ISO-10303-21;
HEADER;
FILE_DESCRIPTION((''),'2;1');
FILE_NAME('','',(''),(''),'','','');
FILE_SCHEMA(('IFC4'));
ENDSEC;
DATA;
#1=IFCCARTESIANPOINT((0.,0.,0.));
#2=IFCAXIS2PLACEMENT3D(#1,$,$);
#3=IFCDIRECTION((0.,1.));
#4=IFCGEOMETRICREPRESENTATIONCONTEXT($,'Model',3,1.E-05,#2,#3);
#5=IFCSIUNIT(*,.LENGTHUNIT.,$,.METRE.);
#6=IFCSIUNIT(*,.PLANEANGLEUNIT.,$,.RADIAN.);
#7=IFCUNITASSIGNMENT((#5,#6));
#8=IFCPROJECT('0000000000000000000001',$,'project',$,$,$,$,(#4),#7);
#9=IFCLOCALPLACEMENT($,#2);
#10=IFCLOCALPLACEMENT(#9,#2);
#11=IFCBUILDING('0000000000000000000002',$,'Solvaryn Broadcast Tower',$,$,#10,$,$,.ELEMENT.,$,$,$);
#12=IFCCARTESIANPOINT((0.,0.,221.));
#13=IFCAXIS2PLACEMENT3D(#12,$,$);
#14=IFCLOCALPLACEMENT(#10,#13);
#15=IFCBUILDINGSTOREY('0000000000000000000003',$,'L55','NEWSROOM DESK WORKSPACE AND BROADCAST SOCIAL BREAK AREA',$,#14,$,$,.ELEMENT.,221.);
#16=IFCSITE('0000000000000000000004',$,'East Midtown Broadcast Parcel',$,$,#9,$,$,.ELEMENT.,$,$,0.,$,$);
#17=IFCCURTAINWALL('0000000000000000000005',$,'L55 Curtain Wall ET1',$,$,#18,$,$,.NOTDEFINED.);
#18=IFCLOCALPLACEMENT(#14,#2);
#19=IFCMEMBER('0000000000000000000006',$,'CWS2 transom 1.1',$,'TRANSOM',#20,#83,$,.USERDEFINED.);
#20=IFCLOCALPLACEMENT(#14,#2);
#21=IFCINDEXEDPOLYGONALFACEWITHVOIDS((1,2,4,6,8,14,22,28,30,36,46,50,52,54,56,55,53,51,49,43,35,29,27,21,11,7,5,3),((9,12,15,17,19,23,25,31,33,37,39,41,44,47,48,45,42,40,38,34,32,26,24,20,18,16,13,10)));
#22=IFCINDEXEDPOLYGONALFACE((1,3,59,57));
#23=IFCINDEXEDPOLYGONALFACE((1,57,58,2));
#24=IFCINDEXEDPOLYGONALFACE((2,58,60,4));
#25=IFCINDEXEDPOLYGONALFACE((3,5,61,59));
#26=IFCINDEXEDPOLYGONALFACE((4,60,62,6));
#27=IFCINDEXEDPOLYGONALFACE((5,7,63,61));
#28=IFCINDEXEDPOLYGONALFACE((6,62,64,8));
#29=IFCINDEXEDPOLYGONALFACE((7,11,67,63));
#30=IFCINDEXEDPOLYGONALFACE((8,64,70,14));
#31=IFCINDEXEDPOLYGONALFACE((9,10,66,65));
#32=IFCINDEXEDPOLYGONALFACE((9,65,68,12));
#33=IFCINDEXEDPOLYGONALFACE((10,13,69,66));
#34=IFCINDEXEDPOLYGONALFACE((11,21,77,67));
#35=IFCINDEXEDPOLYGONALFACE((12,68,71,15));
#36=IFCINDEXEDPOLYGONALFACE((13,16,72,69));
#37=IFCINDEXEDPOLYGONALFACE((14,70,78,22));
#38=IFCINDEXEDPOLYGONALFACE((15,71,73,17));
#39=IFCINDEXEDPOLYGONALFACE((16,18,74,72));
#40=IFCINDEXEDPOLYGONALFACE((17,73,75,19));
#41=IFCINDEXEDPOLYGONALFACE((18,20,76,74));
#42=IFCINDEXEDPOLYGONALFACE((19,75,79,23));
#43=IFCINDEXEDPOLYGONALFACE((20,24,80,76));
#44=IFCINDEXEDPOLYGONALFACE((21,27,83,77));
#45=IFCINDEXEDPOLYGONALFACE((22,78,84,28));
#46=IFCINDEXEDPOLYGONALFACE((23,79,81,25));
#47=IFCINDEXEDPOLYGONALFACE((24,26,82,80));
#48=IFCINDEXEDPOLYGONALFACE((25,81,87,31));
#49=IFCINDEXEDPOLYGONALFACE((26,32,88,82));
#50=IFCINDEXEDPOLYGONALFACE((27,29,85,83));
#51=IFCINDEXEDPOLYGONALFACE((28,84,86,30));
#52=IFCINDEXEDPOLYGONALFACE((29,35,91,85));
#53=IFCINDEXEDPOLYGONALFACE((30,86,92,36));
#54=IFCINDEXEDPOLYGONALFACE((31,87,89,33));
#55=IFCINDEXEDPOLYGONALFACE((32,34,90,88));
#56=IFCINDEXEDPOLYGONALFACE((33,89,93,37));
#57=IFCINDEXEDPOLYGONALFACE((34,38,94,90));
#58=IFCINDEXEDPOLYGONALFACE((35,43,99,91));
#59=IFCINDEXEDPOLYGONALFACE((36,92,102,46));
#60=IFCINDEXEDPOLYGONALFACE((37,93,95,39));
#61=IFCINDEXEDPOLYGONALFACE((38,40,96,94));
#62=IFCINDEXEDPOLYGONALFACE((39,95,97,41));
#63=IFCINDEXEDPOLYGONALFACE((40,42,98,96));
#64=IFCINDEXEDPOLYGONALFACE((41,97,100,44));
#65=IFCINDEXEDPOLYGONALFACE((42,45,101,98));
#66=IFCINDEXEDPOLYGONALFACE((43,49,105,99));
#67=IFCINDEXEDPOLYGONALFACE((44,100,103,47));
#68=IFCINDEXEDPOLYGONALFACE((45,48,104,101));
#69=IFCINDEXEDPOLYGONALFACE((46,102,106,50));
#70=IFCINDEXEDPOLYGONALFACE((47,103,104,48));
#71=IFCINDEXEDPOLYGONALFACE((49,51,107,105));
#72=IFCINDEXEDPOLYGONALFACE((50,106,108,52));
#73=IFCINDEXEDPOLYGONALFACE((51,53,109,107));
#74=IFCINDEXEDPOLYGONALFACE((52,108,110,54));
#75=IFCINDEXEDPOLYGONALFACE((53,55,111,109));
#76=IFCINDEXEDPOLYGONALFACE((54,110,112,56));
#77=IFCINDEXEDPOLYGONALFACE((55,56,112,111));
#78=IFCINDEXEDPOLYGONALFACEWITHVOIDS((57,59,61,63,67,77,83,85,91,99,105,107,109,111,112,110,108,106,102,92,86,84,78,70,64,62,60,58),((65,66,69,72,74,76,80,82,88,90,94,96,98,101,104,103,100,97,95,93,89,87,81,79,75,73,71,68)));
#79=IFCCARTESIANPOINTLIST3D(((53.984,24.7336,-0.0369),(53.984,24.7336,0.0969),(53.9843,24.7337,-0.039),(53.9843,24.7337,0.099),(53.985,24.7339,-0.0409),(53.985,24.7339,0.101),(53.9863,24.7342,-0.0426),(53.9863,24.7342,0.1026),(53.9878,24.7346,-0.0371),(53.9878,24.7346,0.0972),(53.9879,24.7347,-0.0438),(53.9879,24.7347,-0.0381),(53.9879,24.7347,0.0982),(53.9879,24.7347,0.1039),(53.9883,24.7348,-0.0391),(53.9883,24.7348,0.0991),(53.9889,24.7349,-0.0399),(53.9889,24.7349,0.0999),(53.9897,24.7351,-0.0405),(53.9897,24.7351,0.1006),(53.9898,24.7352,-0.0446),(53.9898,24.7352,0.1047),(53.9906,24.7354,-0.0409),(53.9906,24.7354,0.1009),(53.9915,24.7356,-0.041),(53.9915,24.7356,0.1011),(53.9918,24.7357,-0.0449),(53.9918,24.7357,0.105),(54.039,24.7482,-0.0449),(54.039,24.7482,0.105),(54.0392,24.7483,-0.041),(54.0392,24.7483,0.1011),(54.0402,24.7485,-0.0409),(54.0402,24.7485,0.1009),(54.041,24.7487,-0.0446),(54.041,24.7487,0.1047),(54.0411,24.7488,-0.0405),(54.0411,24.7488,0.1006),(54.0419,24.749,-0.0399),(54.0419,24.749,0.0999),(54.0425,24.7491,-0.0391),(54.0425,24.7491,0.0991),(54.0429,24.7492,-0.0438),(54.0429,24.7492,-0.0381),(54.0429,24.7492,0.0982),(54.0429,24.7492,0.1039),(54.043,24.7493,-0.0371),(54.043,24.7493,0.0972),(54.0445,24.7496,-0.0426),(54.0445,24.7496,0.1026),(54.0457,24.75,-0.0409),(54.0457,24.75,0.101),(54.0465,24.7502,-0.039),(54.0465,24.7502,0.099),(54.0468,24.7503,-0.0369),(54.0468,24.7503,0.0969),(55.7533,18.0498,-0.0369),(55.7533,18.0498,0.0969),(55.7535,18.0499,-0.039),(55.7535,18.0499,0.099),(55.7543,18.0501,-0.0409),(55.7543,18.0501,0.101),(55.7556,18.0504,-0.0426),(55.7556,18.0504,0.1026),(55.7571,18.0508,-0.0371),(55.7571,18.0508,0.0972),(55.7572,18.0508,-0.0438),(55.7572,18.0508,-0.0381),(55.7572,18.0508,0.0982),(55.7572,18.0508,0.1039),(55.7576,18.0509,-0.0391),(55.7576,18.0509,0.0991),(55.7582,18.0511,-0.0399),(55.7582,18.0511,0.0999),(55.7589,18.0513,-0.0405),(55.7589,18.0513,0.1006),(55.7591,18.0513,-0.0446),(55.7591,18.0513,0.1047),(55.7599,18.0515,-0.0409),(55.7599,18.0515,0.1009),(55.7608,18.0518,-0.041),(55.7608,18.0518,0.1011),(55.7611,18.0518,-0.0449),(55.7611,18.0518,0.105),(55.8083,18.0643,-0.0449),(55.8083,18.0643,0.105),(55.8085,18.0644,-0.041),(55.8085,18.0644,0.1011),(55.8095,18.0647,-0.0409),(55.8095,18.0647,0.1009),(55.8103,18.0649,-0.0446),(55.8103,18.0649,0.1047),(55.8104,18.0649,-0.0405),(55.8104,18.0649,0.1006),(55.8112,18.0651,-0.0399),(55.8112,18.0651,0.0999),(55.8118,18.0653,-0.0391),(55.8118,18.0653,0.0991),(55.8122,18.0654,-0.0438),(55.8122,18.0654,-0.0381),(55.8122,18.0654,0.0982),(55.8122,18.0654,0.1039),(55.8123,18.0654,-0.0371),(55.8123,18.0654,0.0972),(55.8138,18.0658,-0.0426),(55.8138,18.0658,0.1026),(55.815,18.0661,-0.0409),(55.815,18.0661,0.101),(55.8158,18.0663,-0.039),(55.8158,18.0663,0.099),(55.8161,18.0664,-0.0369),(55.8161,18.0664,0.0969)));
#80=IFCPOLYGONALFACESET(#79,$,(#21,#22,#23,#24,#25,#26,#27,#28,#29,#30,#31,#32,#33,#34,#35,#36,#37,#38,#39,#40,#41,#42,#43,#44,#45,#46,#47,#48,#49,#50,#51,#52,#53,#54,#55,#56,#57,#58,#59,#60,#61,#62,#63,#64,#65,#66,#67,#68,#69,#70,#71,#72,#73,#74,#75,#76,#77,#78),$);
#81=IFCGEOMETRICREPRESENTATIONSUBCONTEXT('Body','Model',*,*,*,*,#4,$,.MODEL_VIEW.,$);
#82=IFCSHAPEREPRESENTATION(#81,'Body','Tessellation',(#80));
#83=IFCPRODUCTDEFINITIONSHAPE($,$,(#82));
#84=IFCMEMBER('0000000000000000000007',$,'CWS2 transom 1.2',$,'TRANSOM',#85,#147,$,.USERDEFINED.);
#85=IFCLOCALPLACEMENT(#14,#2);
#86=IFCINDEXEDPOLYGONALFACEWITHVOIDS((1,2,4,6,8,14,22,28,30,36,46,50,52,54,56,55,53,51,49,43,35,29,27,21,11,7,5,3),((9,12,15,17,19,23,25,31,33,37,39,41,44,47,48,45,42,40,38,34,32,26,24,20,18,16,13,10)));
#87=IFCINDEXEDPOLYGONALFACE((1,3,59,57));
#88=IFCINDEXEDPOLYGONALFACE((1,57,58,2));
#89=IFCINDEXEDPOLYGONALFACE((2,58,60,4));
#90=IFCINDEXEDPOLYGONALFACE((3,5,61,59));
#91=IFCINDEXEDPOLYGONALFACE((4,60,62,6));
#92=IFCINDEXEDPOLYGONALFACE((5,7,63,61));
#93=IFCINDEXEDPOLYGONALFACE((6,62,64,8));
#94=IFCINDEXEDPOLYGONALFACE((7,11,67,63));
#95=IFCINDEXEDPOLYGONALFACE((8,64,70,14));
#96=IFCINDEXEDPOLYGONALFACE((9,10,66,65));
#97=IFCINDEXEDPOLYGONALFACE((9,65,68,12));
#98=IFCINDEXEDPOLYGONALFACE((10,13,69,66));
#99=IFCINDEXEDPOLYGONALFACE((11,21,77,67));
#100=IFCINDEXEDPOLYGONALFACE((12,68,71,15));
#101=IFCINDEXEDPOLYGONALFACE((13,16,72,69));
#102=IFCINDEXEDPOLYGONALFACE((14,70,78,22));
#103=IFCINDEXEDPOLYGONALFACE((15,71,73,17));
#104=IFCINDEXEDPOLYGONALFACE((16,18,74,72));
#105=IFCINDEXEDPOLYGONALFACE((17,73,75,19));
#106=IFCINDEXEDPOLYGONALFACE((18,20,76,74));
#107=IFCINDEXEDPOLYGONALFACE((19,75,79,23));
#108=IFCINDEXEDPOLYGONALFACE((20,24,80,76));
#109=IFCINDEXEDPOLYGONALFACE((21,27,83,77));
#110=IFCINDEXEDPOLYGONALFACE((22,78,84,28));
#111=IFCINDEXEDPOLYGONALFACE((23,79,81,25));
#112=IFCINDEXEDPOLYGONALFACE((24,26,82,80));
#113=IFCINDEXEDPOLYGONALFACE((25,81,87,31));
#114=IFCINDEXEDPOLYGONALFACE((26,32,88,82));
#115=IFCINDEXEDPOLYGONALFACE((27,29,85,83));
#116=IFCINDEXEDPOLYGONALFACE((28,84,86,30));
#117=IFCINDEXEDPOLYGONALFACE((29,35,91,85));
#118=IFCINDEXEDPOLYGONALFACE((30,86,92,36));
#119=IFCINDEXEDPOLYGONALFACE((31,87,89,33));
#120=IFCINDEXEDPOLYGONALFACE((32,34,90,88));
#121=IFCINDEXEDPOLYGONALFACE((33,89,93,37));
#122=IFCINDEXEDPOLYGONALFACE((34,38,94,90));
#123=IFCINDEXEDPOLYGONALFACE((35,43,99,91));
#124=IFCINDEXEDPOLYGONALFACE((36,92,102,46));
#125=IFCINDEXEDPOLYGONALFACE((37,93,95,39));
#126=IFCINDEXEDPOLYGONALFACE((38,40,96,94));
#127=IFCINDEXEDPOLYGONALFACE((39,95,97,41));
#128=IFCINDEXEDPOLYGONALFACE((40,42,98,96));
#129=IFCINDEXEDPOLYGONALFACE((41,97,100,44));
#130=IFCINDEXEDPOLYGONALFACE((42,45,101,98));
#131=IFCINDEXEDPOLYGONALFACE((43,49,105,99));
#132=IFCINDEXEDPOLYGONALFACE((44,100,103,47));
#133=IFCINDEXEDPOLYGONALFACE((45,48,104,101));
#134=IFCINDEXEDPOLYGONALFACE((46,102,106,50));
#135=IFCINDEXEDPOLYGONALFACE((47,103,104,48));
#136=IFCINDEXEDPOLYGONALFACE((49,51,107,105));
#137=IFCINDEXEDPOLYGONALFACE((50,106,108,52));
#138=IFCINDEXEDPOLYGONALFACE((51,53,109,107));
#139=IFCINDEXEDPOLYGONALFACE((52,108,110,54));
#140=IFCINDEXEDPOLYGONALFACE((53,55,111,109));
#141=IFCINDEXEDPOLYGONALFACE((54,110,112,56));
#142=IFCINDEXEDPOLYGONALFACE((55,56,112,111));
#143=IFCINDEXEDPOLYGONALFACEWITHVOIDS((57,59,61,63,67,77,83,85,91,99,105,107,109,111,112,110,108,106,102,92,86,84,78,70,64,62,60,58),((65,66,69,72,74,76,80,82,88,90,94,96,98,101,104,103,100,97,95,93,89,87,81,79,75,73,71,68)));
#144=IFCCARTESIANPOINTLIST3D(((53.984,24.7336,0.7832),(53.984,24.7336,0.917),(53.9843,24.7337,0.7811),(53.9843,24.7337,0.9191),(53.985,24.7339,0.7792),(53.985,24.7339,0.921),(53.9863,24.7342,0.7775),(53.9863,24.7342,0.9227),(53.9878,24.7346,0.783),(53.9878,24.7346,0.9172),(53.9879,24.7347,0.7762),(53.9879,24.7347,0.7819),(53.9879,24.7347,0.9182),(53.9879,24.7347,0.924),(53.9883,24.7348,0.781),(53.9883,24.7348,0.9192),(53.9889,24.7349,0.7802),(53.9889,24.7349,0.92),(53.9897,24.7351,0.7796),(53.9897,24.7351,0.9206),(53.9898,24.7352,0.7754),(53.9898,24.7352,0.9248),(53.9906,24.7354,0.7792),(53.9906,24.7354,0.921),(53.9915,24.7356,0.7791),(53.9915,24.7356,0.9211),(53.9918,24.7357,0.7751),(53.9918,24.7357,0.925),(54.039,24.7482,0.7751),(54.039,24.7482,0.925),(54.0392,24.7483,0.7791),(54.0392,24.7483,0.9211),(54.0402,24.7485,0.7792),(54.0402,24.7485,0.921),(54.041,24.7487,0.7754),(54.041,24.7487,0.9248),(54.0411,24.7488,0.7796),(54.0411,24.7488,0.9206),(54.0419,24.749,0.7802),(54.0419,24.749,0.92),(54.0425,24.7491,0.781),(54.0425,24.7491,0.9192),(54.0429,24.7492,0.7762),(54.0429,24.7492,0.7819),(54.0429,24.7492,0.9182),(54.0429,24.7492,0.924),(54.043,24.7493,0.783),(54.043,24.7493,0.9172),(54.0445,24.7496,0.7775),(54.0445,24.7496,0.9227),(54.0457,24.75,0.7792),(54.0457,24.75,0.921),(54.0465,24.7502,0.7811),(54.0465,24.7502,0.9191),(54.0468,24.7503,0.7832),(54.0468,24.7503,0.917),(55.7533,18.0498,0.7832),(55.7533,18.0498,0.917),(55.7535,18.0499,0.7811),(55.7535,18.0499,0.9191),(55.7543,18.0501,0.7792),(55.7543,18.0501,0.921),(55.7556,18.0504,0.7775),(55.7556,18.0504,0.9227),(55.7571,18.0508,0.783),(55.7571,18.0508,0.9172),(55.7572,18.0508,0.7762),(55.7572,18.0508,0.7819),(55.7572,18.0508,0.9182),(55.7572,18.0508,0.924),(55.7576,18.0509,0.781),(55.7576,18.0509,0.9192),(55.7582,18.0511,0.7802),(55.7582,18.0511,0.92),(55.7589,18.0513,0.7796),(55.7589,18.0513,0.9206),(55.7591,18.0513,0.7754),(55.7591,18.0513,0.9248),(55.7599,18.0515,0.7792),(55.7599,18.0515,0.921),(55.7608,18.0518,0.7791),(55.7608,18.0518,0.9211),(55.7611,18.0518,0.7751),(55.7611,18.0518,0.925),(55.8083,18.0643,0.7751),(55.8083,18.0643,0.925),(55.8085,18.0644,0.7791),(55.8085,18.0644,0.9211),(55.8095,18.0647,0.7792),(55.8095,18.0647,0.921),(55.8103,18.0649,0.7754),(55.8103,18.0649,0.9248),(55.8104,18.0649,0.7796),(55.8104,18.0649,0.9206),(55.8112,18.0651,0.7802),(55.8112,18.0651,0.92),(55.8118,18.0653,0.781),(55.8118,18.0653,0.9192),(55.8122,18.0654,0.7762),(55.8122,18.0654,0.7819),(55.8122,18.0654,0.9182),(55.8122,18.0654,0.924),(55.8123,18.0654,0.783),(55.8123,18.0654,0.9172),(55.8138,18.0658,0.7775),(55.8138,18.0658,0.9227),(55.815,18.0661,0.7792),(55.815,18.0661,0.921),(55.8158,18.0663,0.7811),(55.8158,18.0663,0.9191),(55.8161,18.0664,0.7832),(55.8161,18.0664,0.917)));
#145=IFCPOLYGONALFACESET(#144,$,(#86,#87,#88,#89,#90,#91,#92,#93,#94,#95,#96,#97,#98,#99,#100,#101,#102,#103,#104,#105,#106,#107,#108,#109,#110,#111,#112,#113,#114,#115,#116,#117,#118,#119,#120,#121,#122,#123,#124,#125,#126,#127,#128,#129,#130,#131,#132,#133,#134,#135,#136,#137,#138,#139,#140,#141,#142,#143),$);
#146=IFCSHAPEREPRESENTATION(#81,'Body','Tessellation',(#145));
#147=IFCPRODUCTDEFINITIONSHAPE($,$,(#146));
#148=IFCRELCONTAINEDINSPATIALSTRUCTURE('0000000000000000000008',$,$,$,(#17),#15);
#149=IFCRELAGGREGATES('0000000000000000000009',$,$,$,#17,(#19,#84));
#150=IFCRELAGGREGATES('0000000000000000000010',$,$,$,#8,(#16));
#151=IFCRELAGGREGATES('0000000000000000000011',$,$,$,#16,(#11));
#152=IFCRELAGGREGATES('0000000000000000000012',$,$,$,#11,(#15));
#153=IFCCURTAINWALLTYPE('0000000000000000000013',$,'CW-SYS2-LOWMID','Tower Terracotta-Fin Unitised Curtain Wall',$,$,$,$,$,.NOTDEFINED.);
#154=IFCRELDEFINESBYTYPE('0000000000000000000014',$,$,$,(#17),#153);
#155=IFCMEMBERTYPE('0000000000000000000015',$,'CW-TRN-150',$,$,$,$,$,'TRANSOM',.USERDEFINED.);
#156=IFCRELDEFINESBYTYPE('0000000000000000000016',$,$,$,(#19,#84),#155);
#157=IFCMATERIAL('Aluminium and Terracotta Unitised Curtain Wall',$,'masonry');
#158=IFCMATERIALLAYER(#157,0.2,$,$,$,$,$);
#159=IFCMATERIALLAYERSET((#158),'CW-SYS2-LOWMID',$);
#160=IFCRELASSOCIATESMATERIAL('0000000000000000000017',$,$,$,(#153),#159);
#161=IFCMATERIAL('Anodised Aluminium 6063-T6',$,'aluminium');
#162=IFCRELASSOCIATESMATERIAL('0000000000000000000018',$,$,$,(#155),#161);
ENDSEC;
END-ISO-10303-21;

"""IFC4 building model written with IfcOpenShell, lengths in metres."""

from ifc_helpers import new_model, si_unit, direction, frame, origin, origin_2d, place, context, subcontext, project, spatial, hollow_rectangle, extrude, material, layer, layer_set, material_profile, profile_set, type_object, element, aggregate, save


model = new_model("IFC4")

# Units and contexts
model_context = context("Model", 3, precision=1e-05, world=origin(), true_north=direction((0.0, 1.0)))
body_context = subcontext(model_context, "Body", "Model", "MODEL_VIEW")
ifc_project = project(units=[si_unit("LENGTHUNIT", "METRE"), si_unit("PLANEANGLEUNIT", "RADIAN")], contexts=[model_context])

# Site, building, storey
site_placement = place(None, origin())
site = spatial("IfcSite", under=ifc_project, at=site_placement, Name="East Midtown Broadcast Parcel", CompositionType="ELEMENT", RefElevation=0.0)
building_placement = place(site_placement, origin())
building = spatial("IfcBuilding", under=site, at=building_placement, Name="Solvaryn Broadcast Tower", CompositionType="ELEMENT")
storey_placement = place(building_placement, frame((0.0, 0.0, 221.0)))
storey = spatial("IfcBuildingStorey", under=building, at=storey_placement, Name="L55", Description="NEWSROOM DESK WORKSPACE AND BROADCAST SOCIAL BREAK AREA", CompositionType="ELEMENT", Elevation=221.0)

# Curtain wall
ifc_material_1 = material(Name="Aluminium and Terracotta Unitised Curtain Wall", Category="masonry")
ifc_layer_1 = layer(ifc_material_1, 0.2)
ifc_layer_set_1 = layer_set([ifc_layer_1], Name="CW-SYS2-LOWMID")
curtain_wall_type = type_object("IfcCurtainWallType", Name="CW-SYS2-LOWMID", Description="Tower Terracotta-Fin Unitised Curtain Wall", PredefinedType="NOTDEFINED", material=ifc_layer_set_1)
curtain_wall_1_placement = place(storey_placement, origin())
curtain_wall_1 = element("IfcCurtainWall", 1, at=curtain_wall_1_placement, inside=storey, type_object=curtain_wall_type, Name="L55 Curtain Wall ET1", PredefinedType="NOTDEFINED")

# Members
ifc_material_2 = material(Name="Anodised Aluminium 6063-T6", Category="aluminium")
ifc_material_profile_1 = material_profile(ifc_material_2, hollow_rectangle(XDim=0.0649, YDim=0.1499, WallThickness=0.0039, InnerFilletRadius=0.0039, OuterFilletRadius=0.0081, at=origin_2d()))
ifc_profile_set_1 = profile_set([ifc_material_profile_1], Name="Anodised Aluminium 6063-T6")
member_type_1 = type_object("IfcMemberType", Name="CW-TRN-150", ElementType="TRANSOM", PredefinedType="USERDEFINED", material=ifc_profile_set_1)
member_1_placement = place(storey_placement, frame((54.0154, 24.7419, 0.03), z_axis=(0.255897, -0.966704, 0.0), x_axis=(0.966704, 0.255897, 0.0)))
member_1 = element("IfcMember", 2, at=member_1_placement, type_object=member_type_1, Name="CWS2 transom 1.1", ObjectType="TRANSOM", PredefinedType="USERDEFINED", context=body_context, shape_type="SweptSolid", body=[
    extrude(hollow_rectangle(XDim=0.0649, YDim=0.1499, WallThickness=0.0039, InnerFilletRadius=0.0039, OuterFilletRadius=0.0081, at=origin_2d()), origin(), (0.0, 0.0, 1.0), 6.9141),
])
member_2_placement = place(storey_placement, frame((54.0154, 24.7419, 0.8501), z_axis=(0.255897, -0.966704, 0.0), x_axis=(0.966704, 0.255897, 0.0)))
member_2 = element("IfcMember", 3, at=member_2_placement, type_object=member_type_1, Name="CWS2 transom 1.2", ObjectType="TRANSOM", PredefinedType="USERDEFINED", context=body_context, shape_type="SweptSolid", body=[
    extrude(hollow_rectangle(XDim=0.0649, YDim=0.1499, WallThickness=0.0039, InnerFilletRadius=0.0039, OuterFilletRadius=0.0081, at=origin_2d()), origin(), (0.0, 0.0, 1.0), 6.9141),
])

aggregate(curtain_wall_1, [member_1, member_2])

save(model, "model.ifc")
